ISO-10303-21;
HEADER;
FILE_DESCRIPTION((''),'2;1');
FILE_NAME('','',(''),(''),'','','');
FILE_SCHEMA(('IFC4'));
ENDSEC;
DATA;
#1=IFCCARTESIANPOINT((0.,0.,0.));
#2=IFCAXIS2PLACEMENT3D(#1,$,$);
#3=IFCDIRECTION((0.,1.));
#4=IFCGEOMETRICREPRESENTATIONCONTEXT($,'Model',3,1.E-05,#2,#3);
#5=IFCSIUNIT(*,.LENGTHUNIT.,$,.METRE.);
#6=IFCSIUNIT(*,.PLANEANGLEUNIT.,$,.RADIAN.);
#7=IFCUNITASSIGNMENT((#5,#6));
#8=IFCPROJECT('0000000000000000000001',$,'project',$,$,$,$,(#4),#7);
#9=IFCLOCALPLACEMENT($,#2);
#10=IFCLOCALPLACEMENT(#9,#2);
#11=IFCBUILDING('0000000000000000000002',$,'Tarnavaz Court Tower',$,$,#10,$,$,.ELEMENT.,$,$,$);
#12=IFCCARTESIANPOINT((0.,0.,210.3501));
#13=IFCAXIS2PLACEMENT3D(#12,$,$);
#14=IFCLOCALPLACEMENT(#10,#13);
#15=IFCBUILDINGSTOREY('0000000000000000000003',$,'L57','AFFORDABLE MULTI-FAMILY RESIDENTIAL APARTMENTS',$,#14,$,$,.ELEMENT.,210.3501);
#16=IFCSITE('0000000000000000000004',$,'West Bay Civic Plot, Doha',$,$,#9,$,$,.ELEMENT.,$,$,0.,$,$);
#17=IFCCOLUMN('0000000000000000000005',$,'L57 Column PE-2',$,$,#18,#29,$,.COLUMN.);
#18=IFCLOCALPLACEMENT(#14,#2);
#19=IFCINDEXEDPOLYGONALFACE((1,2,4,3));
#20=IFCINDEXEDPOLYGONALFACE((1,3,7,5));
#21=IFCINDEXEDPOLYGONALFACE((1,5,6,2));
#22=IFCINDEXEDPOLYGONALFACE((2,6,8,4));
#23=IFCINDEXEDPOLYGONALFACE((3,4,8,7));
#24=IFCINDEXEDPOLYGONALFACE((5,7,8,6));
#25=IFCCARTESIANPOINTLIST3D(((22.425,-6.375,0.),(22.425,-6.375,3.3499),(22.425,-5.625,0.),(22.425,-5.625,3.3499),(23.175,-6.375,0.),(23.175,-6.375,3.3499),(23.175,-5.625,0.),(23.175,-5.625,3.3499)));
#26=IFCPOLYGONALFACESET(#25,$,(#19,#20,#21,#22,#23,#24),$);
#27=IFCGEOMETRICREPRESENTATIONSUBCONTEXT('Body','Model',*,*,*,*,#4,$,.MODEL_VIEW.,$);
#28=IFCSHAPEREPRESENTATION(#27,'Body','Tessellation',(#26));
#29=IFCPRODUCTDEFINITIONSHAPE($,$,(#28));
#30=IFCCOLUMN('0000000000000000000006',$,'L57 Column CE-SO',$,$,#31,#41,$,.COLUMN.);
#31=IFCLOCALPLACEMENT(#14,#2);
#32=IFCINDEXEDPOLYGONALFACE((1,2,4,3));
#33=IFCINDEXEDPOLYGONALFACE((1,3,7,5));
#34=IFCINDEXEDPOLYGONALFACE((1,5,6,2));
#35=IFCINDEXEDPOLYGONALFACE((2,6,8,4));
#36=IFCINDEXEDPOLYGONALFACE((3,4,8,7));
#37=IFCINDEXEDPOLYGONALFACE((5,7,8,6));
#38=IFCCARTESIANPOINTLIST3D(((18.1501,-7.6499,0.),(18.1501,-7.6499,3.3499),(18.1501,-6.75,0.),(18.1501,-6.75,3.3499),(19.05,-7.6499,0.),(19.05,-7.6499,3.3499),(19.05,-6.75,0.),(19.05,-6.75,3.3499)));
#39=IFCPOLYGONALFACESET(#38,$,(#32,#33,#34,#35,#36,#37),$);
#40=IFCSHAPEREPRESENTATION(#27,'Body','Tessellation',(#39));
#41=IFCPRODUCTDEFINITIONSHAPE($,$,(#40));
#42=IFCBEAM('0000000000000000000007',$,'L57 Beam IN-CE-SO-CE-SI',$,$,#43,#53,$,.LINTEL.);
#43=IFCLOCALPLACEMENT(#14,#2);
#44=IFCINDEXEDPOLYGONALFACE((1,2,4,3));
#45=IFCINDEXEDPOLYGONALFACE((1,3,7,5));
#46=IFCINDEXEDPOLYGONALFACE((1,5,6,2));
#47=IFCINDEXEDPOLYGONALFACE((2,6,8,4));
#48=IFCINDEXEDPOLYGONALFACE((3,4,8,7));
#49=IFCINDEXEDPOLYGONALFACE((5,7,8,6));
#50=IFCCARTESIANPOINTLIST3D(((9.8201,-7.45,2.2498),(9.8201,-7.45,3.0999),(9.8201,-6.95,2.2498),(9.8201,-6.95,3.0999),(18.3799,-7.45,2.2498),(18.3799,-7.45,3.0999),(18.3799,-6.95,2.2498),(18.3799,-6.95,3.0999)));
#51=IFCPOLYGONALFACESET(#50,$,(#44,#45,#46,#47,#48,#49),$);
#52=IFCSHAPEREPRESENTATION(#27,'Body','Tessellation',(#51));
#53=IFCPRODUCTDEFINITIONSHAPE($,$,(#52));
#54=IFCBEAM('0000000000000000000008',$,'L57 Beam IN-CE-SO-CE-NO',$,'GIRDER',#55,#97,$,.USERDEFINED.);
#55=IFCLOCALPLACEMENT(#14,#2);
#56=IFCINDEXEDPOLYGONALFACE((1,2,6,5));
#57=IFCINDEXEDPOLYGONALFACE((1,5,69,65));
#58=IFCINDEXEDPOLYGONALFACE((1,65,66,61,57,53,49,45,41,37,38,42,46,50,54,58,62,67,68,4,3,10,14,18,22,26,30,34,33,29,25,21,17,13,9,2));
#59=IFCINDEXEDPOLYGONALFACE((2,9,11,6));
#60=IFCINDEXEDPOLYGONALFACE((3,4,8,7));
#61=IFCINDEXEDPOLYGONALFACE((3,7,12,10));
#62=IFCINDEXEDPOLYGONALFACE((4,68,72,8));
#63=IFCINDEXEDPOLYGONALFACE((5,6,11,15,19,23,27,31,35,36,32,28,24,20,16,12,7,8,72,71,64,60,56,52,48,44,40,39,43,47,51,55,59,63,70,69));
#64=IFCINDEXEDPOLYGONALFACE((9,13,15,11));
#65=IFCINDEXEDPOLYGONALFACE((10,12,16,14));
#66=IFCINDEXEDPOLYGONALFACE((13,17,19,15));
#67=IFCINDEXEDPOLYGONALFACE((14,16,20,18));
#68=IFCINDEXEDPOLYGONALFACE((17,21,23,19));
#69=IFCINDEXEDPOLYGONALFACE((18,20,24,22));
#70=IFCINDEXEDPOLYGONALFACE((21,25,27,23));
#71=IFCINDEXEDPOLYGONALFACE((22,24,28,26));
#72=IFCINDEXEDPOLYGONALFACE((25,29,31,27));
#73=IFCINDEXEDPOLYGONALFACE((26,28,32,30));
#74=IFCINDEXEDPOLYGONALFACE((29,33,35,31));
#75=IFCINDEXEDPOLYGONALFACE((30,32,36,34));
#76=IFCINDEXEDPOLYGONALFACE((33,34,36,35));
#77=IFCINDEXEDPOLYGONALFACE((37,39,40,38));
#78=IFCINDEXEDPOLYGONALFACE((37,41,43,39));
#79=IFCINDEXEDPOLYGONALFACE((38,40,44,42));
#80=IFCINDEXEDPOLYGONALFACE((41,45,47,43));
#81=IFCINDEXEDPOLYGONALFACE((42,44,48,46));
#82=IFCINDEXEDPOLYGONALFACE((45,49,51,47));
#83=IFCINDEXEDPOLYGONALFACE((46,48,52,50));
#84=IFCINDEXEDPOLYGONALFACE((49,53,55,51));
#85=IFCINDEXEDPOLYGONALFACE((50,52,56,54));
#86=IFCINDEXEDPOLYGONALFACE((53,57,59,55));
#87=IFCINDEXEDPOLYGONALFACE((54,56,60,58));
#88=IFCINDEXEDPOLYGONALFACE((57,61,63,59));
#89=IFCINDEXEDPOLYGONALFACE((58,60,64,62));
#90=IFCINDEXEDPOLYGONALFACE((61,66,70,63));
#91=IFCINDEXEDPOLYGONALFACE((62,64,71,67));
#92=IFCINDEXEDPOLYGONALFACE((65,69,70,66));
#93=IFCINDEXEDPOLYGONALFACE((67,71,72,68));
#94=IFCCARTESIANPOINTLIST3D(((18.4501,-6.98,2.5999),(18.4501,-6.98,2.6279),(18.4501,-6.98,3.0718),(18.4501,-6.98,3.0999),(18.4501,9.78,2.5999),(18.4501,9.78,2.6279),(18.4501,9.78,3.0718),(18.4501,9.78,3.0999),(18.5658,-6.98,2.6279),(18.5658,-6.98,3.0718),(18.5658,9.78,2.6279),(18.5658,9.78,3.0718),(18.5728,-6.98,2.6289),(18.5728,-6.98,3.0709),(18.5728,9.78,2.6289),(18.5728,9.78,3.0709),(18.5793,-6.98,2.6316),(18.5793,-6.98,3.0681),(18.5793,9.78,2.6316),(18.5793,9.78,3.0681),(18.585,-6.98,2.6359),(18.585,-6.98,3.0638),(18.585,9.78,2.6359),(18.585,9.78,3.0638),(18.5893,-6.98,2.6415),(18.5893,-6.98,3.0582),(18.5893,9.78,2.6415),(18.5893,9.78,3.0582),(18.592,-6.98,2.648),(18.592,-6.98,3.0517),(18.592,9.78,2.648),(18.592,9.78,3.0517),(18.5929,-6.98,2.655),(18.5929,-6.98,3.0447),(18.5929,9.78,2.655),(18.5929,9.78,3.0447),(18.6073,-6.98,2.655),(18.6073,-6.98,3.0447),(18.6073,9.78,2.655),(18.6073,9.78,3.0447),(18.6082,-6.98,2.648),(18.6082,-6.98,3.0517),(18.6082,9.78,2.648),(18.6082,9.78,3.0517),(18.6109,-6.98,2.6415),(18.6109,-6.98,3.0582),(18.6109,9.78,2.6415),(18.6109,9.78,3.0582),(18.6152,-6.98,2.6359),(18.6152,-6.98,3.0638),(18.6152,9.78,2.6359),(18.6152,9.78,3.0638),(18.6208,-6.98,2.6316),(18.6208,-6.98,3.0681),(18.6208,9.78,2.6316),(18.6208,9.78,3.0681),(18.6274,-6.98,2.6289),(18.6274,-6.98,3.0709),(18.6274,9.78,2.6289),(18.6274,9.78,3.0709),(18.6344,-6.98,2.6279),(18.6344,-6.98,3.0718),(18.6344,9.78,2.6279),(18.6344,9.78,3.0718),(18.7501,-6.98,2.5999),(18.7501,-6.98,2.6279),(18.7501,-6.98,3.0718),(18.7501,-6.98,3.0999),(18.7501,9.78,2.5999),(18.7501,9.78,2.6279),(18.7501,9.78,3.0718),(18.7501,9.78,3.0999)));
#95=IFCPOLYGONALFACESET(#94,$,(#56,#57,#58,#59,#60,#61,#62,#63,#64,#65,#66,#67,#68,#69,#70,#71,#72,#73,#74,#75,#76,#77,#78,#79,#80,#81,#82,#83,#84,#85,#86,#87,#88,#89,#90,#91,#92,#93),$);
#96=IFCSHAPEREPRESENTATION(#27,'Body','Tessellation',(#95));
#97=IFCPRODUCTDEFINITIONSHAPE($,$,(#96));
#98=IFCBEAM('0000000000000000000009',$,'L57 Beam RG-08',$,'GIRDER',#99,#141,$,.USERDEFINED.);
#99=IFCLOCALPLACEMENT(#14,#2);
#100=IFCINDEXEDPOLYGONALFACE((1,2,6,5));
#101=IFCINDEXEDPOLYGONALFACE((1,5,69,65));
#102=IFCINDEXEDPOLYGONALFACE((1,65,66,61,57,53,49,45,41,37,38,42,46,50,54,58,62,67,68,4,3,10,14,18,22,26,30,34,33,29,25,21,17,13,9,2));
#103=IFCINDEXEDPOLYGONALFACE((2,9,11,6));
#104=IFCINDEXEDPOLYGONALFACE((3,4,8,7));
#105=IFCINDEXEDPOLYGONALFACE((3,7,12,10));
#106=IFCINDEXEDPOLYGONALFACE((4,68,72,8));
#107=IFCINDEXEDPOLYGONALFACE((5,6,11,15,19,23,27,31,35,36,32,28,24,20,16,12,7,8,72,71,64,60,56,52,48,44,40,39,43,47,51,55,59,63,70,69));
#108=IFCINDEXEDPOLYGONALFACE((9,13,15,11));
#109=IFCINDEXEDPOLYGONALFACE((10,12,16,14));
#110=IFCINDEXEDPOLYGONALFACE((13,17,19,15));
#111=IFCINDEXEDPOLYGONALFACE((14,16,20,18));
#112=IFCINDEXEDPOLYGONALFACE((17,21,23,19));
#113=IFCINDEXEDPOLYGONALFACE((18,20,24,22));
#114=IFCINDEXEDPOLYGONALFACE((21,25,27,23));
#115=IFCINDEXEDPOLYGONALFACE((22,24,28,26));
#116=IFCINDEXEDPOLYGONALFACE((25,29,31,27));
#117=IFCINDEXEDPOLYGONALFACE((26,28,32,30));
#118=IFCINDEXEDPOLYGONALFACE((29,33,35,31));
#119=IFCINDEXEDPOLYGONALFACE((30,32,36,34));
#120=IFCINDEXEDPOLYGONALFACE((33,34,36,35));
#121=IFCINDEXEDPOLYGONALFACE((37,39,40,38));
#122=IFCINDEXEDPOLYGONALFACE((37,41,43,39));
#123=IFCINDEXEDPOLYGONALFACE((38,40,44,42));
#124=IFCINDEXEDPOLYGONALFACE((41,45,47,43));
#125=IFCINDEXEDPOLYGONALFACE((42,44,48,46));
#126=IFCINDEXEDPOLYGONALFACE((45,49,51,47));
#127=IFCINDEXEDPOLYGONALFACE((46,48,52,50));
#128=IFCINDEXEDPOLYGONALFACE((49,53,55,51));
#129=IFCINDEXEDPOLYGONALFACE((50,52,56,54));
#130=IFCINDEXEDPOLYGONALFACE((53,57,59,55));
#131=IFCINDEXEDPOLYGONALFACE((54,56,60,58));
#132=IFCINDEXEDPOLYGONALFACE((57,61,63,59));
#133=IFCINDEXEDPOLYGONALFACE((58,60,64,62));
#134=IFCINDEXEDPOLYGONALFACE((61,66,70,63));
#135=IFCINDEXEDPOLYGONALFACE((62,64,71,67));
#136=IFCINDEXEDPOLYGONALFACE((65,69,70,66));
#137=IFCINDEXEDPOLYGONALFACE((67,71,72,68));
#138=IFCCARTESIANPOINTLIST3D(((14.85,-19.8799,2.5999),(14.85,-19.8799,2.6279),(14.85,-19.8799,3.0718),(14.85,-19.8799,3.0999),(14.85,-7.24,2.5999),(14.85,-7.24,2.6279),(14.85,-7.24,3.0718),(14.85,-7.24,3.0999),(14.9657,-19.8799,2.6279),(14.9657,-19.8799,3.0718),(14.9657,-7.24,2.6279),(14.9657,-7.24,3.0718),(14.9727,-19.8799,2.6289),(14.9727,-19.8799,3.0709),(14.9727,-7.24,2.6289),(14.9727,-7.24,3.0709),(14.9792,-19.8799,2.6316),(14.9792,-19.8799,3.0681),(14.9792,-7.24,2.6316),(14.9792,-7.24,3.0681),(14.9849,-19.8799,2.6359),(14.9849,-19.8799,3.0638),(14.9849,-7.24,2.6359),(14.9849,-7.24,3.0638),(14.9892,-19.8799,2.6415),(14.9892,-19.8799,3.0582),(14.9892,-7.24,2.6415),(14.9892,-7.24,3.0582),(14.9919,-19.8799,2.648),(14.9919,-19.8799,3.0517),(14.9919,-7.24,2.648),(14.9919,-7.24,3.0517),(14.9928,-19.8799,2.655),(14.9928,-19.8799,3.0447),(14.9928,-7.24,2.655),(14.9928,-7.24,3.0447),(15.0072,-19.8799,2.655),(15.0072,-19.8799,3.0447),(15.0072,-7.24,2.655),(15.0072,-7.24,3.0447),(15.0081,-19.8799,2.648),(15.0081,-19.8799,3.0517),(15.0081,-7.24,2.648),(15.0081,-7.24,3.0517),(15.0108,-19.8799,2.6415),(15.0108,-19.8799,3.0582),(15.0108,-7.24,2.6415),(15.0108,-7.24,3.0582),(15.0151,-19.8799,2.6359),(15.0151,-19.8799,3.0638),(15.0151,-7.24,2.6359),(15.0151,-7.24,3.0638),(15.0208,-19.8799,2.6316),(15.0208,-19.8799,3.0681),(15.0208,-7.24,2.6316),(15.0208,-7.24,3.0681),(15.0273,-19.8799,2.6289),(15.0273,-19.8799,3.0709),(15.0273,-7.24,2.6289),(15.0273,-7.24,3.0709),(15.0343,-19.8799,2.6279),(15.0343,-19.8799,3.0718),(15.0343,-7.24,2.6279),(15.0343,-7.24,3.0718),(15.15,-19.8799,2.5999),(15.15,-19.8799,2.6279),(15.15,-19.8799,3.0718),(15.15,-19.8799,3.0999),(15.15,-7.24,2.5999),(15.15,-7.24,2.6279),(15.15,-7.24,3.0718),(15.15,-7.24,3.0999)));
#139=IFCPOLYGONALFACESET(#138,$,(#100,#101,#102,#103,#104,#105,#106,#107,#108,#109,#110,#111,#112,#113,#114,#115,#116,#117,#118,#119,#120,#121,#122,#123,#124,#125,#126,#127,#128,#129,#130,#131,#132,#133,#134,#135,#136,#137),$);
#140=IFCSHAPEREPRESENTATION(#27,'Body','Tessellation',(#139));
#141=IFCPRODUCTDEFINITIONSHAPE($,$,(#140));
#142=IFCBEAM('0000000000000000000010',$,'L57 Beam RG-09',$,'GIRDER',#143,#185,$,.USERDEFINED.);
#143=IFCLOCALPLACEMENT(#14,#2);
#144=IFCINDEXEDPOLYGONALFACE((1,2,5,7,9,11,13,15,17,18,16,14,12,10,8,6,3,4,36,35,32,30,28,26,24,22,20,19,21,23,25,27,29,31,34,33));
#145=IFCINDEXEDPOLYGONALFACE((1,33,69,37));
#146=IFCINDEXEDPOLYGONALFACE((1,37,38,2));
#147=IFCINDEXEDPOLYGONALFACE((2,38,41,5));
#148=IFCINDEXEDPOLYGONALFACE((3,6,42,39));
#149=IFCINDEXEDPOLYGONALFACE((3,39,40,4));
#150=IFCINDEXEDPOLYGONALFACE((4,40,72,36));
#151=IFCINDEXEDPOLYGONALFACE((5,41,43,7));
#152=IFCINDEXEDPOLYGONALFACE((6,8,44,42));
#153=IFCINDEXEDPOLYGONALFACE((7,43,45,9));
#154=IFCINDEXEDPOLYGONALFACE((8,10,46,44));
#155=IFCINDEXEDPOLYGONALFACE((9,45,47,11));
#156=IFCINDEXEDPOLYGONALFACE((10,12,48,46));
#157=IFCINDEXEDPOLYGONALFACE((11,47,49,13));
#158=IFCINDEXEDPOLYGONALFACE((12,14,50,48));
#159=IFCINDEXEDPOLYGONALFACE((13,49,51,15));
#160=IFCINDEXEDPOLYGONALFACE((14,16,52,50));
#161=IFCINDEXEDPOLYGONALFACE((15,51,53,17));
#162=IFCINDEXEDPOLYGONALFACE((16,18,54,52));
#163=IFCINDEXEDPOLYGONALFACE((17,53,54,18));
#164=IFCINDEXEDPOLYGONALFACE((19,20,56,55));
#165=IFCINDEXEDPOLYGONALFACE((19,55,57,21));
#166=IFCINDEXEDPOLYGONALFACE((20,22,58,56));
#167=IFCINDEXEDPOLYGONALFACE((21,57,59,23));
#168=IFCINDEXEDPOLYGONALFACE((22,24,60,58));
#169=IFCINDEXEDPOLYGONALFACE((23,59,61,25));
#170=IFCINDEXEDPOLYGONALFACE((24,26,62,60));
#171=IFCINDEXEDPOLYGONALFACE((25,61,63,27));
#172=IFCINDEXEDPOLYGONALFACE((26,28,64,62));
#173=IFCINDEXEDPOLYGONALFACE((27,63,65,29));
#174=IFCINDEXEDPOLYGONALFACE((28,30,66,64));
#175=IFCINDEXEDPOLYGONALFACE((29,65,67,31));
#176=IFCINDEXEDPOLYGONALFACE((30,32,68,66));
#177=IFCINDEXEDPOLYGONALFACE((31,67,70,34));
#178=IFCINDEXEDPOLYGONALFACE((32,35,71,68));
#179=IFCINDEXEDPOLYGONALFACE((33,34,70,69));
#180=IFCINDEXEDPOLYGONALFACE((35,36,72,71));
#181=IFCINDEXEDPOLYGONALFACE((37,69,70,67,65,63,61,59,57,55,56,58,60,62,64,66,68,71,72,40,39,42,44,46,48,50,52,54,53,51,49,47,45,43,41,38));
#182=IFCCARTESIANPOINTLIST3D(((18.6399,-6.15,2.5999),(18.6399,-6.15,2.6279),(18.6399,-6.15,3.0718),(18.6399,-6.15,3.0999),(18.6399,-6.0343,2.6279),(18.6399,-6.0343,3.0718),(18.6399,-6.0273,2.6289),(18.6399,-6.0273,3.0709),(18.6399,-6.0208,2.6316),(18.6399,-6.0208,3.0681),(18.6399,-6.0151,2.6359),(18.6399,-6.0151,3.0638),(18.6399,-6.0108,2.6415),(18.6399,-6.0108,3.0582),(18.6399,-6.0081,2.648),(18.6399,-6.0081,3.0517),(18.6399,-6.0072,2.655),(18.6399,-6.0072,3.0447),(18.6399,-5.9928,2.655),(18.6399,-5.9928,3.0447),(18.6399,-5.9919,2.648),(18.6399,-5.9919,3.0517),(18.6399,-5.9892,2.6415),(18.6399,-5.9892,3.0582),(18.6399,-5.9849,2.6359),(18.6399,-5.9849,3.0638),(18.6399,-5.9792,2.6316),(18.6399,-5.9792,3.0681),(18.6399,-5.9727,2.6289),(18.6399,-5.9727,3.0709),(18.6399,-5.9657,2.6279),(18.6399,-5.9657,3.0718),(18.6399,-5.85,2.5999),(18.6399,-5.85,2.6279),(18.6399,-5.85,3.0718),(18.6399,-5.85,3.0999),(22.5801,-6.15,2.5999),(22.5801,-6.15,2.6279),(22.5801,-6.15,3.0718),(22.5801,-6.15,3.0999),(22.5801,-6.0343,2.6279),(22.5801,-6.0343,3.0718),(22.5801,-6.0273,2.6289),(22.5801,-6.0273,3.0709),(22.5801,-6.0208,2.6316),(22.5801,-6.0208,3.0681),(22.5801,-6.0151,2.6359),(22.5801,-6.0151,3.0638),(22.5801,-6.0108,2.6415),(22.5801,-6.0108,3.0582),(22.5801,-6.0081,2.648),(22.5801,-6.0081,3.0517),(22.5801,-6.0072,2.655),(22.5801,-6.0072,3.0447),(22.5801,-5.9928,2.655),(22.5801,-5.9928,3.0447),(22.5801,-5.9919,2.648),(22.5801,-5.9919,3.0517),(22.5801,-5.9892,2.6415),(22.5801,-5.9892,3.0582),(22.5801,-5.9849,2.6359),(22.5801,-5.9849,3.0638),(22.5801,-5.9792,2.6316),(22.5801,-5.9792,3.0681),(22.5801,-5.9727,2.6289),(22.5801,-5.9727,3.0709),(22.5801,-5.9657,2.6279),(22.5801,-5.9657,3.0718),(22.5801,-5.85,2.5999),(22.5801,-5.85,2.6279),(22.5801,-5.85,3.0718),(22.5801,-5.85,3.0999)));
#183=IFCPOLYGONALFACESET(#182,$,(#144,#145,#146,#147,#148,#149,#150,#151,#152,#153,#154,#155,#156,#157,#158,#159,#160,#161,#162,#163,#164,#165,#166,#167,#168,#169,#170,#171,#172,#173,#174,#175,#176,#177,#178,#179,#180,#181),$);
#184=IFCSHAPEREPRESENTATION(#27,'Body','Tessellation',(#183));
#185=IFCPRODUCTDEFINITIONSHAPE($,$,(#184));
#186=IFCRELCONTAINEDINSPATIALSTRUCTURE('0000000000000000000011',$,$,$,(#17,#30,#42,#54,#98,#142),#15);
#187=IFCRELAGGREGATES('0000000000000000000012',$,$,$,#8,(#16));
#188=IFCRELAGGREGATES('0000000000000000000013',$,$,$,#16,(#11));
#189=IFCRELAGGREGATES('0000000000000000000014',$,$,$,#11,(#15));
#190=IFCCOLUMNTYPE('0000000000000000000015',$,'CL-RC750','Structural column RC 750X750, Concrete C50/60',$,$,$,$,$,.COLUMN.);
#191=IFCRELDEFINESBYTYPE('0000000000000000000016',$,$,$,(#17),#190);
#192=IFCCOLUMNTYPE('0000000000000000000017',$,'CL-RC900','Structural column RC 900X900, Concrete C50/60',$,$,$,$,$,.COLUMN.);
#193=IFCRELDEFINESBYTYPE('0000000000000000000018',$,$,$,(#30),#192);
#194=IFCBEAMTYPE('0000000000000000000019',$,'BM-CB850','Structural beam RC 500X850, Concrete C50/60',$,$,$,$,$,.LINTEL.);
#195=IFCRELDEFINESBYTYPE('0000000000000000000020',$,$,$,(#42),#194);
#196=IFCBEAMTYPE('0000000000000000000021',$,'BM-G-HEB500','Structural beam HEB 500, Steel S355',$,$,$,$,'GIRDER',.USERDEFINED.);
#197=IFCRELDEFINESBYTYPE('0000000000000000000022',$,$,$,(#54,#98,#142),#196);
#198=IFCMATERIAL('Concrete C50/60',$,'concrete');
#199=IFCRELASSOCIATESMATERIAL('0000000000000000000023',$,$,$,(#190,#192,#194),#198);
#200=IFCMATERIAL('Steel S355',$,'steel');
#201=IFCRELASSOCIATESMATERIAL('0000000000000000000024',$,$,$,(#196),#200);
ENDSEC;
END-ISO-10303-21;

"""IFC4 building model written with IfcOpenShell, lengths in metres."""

from ifc_helpers import new_model, si_unit, direction, frame, origin, origin_2d, place, context, subcontext, project, spatial, rectangle, i_section, extrude, material, material_profile, profile_set, type_object, element, save


model = new_model("IFC4")

# Units and contexts
model_context = context("Model", 3, precision=1e-05, world=origin(), true_north=direction((0.0, 1.0)))
body_context = subcontext(model_context, "Body", "Model", "MODEL_VIEW")
ifc_project = project(units=[si_unit("LENGTHUNIT", "METRE"), si_unit("PLANEANGLEUNIT", "RADIAN")], contexts=[model_context])

# Site, building, storey
site_placement = place(None, origin())
site = spatial("IfcSite", under=ifc_project, at=site_placement, Name="West Bay Civic Plot, Doha", CompositionType="ELEMENT", RefElevation=0.0)
building_placement = place(site_placement, origin())
building = spatial("IfcBuilding", under=site, at=building_placement, Name="Tarnavaz Court Tower", CompositionType="ELEMENT")
storey_placement = place(building_placement, frame((0.0, 0.0, 210.3501)))
storey = spatial("IfcBuildingStorey", under=building, at=storey_placement, Name="L57", Description="AFFORDABLE MULTI-FAMILY RESIDENTIAL APARTMENTS", CompositionType="ELEMENT", Elevation=210.3501)

# Columns
ifc_material_1 = material(Name="Concrete C50/60", Category="concrete")
ifc_material_profile_1 = material_profile(ifc_material_1, rectangle(XDim=0.75, YDim=0.75, at=origin_2d()), Name="RC 750X750")
ifc_profile_set_1 = profile_set([ifc_material_profile_1], Name="Concrete C50/60")
column_type_1 = type_object("IfcColumnType", Name="CL-RC750", Description="Structural column RC 750X750, Concrete C50/60", PredefinedType="COLUMN", material=ifc_profile_set_1)
column_1_placement = place(storey_placement, frame((22.8, -6.0, 0.0), z_axis=(0.0, 0.0, 1.0), x_axis=(1.0, 0.0, 0.0)))
element("IfcColumn", 1, at=column_1_placement, inside=storey, type_object=column_type_1, Name="L57 Column PE-2", PredefinedType="COLUMN", context=body_context, shape_type="SweptSolid", body=[
    extrude(rectangle(XDim=0.75, YDim=0.75, at=origin_2d()), origin(), (0.0, 0.0, 1.0), 3.3499),
])
ifc_material_profile_2 = material_profile(ifc_material_1, rectangle(XDim=0.8999, YDim=0.8999, at=origin_2d()), Name="RC 900X900")
ifc_profile_set_2 = profile_set([ifc_material_profile_2], Name="Concrete C50/60")
column_type_2 = type_object("IfcColumnType", Name="CL-RC900", Description="Structural column RC 900X900, Concrete C50/60", PredefinedType="COLUMN", material=ifc_profile_set_2)
column_2_placement = place(storey_placement, frame((18.6001, -7.2, 0.0), z_axis=(0.0, 0.0, 1.0), x_axis=(1.0, 0.0, 0.0)))
element("IfcColumn", 2, at=column_2_placement, inside=storey, type_object=column_type_2, Name="L57 Column CE-SO", PredefinedType="COLUMN", context=body_context, shape_type="SweptSolid", body=[
    extrude(rectangle(XDim=0.8999, YDim=0.8999, at=origin_2d()), origin(), (0.0, 0.0, 1.0), 3.3499),
])

# Beams
ifc_material_profile_3 = material_profile(ifc_material_1, rectangle(XDim=0.5, YDim=0.8501, at=origin_2d()), Name="RC 500X850")
ifc_profile_set_3 = profile_set([ifc_material_profile_3], Name="Concrete C50/60")
beam_type_1 = type_object("IfcBeamType", Name="BM-CB850", Description="Structural beam RC 500X850, Concrete C50/60", PredefinedType="LINTEL", material=ifc_profile_set_3)
beam_1_placement = place(storey_placement, frame((18.3799, -7.2, 2.6748), z_axis=(-1.0, 0.0, 0.0), x_axis=(0.0, -1.0, 0.0)))
element("IfcBeam", 3, at=beam_1_placement, inside=storey, type_object=beam_type_1, Name="L57 Beam IN-CE-SO-CE-SI", PredefinedType="LINTEL", context=body_context, shape_type="SweptSolid", body=[
    extrude(rectangle(XDim=0.5, YDim=0.8501, at=origin_2d()), origin(), (0.0, 0.0, 1.0), 8.5598),
])
ifc_material_2 = material(Name="Steel S355", Category="steel")
ifc_material_profile_4 = material_profile(ifc_material_2, i_section(OverallWidth=0.3, OverallDepth=0.5, WebThickness=0.0144, FlangeThickness=0.0281, FilletRadius=0.0271, at=origin_2d()), Name="HEB 500")
ifc_profile_set_4 = profile_set([ifc_material_profile_4], Name="Steel S355")
beam_type_2 = type_object("IfcBeamType", Name="BM-G-HEB500", Description="Structural beam HEB 500, Steel S355", ElementType="GIRDER", PredefinedType="USERDEFINED", material=ifc_profile_set_4)
beam_2_placement = place(storey_placement, frame((18.6001, -6.98, 2.8499), z_axis=(0.0, 1.0, 0.0), x_axis=(-1.0, 0.0, 0.0)))
element("IfcBeam", 4, at=beam_2_placement, inside=storey, type_object=beam_type_2, Name="L57 Beam IN-CE-SO-CE-NO", ObjectType="GIRDER", PredefinedType="USERDEFINED", context=body_context, shape_type="SweptSolid", body=[
    extrude(i_section(OverallWidth=0.3, OverallDepth=0.5, WebThickness=0.0144, FlangeThickness=0.0281, FilletRadius=0.0271, at=origin_2d()), origin(), (0.0, 0.0, 1.0), 16.76),
])
beam_3_placement = place(storey_placement, frame((15.0, -7.24, 2.8499), z_axis=(0.0, -1.0, 0.0), x_axis=(1.0, 0.0, 0.0)))
element("IfcBeam", 5, at=beam_3_placement, inside=storey, type_object=beam_type_2, Name="L57 Beam RG-08", ObjectType="GIRDER", PredefinedType="USERDEFINED", context=body_context, shape_type="SweptSolid", body=[
    extrude(i_section(OverallWidth=0.3, OverallDepth=0.5, WebThickness=0.0144, FlangeThickness=0.0281, FilletRadius=0.0271, at=origin_2d()), origin(), (0.0, 0.0, 1.0), 12.6399),
])
beam_4_placement = place(storey_placement, frame((18.6399, -6.0, 2.8499), z_axis=(1.0, 0.0, 0.0), x_axis=(0.0, 1.0, 0.0)))
element("IfcBeam", 6, at=beam_4_placement, inside=storey, type_object=beam_type_2, Name="L57 Beam RG-09", ObjectType="GIRDER", PredefinedType="USERDEFINED", context=body_context, shape_type="SweptSolid", body=[
    extrude(i_section(OverallWidth=0.3, OverallDepth=0.5, WebThickness=0.0144, FlangeThickness=0.0281, FilletRadius=0.0271, at=origin_2d()), origin(), (0.0, 0.0, 1.0), 3.9402),
])

save(model, "model.ifc")
